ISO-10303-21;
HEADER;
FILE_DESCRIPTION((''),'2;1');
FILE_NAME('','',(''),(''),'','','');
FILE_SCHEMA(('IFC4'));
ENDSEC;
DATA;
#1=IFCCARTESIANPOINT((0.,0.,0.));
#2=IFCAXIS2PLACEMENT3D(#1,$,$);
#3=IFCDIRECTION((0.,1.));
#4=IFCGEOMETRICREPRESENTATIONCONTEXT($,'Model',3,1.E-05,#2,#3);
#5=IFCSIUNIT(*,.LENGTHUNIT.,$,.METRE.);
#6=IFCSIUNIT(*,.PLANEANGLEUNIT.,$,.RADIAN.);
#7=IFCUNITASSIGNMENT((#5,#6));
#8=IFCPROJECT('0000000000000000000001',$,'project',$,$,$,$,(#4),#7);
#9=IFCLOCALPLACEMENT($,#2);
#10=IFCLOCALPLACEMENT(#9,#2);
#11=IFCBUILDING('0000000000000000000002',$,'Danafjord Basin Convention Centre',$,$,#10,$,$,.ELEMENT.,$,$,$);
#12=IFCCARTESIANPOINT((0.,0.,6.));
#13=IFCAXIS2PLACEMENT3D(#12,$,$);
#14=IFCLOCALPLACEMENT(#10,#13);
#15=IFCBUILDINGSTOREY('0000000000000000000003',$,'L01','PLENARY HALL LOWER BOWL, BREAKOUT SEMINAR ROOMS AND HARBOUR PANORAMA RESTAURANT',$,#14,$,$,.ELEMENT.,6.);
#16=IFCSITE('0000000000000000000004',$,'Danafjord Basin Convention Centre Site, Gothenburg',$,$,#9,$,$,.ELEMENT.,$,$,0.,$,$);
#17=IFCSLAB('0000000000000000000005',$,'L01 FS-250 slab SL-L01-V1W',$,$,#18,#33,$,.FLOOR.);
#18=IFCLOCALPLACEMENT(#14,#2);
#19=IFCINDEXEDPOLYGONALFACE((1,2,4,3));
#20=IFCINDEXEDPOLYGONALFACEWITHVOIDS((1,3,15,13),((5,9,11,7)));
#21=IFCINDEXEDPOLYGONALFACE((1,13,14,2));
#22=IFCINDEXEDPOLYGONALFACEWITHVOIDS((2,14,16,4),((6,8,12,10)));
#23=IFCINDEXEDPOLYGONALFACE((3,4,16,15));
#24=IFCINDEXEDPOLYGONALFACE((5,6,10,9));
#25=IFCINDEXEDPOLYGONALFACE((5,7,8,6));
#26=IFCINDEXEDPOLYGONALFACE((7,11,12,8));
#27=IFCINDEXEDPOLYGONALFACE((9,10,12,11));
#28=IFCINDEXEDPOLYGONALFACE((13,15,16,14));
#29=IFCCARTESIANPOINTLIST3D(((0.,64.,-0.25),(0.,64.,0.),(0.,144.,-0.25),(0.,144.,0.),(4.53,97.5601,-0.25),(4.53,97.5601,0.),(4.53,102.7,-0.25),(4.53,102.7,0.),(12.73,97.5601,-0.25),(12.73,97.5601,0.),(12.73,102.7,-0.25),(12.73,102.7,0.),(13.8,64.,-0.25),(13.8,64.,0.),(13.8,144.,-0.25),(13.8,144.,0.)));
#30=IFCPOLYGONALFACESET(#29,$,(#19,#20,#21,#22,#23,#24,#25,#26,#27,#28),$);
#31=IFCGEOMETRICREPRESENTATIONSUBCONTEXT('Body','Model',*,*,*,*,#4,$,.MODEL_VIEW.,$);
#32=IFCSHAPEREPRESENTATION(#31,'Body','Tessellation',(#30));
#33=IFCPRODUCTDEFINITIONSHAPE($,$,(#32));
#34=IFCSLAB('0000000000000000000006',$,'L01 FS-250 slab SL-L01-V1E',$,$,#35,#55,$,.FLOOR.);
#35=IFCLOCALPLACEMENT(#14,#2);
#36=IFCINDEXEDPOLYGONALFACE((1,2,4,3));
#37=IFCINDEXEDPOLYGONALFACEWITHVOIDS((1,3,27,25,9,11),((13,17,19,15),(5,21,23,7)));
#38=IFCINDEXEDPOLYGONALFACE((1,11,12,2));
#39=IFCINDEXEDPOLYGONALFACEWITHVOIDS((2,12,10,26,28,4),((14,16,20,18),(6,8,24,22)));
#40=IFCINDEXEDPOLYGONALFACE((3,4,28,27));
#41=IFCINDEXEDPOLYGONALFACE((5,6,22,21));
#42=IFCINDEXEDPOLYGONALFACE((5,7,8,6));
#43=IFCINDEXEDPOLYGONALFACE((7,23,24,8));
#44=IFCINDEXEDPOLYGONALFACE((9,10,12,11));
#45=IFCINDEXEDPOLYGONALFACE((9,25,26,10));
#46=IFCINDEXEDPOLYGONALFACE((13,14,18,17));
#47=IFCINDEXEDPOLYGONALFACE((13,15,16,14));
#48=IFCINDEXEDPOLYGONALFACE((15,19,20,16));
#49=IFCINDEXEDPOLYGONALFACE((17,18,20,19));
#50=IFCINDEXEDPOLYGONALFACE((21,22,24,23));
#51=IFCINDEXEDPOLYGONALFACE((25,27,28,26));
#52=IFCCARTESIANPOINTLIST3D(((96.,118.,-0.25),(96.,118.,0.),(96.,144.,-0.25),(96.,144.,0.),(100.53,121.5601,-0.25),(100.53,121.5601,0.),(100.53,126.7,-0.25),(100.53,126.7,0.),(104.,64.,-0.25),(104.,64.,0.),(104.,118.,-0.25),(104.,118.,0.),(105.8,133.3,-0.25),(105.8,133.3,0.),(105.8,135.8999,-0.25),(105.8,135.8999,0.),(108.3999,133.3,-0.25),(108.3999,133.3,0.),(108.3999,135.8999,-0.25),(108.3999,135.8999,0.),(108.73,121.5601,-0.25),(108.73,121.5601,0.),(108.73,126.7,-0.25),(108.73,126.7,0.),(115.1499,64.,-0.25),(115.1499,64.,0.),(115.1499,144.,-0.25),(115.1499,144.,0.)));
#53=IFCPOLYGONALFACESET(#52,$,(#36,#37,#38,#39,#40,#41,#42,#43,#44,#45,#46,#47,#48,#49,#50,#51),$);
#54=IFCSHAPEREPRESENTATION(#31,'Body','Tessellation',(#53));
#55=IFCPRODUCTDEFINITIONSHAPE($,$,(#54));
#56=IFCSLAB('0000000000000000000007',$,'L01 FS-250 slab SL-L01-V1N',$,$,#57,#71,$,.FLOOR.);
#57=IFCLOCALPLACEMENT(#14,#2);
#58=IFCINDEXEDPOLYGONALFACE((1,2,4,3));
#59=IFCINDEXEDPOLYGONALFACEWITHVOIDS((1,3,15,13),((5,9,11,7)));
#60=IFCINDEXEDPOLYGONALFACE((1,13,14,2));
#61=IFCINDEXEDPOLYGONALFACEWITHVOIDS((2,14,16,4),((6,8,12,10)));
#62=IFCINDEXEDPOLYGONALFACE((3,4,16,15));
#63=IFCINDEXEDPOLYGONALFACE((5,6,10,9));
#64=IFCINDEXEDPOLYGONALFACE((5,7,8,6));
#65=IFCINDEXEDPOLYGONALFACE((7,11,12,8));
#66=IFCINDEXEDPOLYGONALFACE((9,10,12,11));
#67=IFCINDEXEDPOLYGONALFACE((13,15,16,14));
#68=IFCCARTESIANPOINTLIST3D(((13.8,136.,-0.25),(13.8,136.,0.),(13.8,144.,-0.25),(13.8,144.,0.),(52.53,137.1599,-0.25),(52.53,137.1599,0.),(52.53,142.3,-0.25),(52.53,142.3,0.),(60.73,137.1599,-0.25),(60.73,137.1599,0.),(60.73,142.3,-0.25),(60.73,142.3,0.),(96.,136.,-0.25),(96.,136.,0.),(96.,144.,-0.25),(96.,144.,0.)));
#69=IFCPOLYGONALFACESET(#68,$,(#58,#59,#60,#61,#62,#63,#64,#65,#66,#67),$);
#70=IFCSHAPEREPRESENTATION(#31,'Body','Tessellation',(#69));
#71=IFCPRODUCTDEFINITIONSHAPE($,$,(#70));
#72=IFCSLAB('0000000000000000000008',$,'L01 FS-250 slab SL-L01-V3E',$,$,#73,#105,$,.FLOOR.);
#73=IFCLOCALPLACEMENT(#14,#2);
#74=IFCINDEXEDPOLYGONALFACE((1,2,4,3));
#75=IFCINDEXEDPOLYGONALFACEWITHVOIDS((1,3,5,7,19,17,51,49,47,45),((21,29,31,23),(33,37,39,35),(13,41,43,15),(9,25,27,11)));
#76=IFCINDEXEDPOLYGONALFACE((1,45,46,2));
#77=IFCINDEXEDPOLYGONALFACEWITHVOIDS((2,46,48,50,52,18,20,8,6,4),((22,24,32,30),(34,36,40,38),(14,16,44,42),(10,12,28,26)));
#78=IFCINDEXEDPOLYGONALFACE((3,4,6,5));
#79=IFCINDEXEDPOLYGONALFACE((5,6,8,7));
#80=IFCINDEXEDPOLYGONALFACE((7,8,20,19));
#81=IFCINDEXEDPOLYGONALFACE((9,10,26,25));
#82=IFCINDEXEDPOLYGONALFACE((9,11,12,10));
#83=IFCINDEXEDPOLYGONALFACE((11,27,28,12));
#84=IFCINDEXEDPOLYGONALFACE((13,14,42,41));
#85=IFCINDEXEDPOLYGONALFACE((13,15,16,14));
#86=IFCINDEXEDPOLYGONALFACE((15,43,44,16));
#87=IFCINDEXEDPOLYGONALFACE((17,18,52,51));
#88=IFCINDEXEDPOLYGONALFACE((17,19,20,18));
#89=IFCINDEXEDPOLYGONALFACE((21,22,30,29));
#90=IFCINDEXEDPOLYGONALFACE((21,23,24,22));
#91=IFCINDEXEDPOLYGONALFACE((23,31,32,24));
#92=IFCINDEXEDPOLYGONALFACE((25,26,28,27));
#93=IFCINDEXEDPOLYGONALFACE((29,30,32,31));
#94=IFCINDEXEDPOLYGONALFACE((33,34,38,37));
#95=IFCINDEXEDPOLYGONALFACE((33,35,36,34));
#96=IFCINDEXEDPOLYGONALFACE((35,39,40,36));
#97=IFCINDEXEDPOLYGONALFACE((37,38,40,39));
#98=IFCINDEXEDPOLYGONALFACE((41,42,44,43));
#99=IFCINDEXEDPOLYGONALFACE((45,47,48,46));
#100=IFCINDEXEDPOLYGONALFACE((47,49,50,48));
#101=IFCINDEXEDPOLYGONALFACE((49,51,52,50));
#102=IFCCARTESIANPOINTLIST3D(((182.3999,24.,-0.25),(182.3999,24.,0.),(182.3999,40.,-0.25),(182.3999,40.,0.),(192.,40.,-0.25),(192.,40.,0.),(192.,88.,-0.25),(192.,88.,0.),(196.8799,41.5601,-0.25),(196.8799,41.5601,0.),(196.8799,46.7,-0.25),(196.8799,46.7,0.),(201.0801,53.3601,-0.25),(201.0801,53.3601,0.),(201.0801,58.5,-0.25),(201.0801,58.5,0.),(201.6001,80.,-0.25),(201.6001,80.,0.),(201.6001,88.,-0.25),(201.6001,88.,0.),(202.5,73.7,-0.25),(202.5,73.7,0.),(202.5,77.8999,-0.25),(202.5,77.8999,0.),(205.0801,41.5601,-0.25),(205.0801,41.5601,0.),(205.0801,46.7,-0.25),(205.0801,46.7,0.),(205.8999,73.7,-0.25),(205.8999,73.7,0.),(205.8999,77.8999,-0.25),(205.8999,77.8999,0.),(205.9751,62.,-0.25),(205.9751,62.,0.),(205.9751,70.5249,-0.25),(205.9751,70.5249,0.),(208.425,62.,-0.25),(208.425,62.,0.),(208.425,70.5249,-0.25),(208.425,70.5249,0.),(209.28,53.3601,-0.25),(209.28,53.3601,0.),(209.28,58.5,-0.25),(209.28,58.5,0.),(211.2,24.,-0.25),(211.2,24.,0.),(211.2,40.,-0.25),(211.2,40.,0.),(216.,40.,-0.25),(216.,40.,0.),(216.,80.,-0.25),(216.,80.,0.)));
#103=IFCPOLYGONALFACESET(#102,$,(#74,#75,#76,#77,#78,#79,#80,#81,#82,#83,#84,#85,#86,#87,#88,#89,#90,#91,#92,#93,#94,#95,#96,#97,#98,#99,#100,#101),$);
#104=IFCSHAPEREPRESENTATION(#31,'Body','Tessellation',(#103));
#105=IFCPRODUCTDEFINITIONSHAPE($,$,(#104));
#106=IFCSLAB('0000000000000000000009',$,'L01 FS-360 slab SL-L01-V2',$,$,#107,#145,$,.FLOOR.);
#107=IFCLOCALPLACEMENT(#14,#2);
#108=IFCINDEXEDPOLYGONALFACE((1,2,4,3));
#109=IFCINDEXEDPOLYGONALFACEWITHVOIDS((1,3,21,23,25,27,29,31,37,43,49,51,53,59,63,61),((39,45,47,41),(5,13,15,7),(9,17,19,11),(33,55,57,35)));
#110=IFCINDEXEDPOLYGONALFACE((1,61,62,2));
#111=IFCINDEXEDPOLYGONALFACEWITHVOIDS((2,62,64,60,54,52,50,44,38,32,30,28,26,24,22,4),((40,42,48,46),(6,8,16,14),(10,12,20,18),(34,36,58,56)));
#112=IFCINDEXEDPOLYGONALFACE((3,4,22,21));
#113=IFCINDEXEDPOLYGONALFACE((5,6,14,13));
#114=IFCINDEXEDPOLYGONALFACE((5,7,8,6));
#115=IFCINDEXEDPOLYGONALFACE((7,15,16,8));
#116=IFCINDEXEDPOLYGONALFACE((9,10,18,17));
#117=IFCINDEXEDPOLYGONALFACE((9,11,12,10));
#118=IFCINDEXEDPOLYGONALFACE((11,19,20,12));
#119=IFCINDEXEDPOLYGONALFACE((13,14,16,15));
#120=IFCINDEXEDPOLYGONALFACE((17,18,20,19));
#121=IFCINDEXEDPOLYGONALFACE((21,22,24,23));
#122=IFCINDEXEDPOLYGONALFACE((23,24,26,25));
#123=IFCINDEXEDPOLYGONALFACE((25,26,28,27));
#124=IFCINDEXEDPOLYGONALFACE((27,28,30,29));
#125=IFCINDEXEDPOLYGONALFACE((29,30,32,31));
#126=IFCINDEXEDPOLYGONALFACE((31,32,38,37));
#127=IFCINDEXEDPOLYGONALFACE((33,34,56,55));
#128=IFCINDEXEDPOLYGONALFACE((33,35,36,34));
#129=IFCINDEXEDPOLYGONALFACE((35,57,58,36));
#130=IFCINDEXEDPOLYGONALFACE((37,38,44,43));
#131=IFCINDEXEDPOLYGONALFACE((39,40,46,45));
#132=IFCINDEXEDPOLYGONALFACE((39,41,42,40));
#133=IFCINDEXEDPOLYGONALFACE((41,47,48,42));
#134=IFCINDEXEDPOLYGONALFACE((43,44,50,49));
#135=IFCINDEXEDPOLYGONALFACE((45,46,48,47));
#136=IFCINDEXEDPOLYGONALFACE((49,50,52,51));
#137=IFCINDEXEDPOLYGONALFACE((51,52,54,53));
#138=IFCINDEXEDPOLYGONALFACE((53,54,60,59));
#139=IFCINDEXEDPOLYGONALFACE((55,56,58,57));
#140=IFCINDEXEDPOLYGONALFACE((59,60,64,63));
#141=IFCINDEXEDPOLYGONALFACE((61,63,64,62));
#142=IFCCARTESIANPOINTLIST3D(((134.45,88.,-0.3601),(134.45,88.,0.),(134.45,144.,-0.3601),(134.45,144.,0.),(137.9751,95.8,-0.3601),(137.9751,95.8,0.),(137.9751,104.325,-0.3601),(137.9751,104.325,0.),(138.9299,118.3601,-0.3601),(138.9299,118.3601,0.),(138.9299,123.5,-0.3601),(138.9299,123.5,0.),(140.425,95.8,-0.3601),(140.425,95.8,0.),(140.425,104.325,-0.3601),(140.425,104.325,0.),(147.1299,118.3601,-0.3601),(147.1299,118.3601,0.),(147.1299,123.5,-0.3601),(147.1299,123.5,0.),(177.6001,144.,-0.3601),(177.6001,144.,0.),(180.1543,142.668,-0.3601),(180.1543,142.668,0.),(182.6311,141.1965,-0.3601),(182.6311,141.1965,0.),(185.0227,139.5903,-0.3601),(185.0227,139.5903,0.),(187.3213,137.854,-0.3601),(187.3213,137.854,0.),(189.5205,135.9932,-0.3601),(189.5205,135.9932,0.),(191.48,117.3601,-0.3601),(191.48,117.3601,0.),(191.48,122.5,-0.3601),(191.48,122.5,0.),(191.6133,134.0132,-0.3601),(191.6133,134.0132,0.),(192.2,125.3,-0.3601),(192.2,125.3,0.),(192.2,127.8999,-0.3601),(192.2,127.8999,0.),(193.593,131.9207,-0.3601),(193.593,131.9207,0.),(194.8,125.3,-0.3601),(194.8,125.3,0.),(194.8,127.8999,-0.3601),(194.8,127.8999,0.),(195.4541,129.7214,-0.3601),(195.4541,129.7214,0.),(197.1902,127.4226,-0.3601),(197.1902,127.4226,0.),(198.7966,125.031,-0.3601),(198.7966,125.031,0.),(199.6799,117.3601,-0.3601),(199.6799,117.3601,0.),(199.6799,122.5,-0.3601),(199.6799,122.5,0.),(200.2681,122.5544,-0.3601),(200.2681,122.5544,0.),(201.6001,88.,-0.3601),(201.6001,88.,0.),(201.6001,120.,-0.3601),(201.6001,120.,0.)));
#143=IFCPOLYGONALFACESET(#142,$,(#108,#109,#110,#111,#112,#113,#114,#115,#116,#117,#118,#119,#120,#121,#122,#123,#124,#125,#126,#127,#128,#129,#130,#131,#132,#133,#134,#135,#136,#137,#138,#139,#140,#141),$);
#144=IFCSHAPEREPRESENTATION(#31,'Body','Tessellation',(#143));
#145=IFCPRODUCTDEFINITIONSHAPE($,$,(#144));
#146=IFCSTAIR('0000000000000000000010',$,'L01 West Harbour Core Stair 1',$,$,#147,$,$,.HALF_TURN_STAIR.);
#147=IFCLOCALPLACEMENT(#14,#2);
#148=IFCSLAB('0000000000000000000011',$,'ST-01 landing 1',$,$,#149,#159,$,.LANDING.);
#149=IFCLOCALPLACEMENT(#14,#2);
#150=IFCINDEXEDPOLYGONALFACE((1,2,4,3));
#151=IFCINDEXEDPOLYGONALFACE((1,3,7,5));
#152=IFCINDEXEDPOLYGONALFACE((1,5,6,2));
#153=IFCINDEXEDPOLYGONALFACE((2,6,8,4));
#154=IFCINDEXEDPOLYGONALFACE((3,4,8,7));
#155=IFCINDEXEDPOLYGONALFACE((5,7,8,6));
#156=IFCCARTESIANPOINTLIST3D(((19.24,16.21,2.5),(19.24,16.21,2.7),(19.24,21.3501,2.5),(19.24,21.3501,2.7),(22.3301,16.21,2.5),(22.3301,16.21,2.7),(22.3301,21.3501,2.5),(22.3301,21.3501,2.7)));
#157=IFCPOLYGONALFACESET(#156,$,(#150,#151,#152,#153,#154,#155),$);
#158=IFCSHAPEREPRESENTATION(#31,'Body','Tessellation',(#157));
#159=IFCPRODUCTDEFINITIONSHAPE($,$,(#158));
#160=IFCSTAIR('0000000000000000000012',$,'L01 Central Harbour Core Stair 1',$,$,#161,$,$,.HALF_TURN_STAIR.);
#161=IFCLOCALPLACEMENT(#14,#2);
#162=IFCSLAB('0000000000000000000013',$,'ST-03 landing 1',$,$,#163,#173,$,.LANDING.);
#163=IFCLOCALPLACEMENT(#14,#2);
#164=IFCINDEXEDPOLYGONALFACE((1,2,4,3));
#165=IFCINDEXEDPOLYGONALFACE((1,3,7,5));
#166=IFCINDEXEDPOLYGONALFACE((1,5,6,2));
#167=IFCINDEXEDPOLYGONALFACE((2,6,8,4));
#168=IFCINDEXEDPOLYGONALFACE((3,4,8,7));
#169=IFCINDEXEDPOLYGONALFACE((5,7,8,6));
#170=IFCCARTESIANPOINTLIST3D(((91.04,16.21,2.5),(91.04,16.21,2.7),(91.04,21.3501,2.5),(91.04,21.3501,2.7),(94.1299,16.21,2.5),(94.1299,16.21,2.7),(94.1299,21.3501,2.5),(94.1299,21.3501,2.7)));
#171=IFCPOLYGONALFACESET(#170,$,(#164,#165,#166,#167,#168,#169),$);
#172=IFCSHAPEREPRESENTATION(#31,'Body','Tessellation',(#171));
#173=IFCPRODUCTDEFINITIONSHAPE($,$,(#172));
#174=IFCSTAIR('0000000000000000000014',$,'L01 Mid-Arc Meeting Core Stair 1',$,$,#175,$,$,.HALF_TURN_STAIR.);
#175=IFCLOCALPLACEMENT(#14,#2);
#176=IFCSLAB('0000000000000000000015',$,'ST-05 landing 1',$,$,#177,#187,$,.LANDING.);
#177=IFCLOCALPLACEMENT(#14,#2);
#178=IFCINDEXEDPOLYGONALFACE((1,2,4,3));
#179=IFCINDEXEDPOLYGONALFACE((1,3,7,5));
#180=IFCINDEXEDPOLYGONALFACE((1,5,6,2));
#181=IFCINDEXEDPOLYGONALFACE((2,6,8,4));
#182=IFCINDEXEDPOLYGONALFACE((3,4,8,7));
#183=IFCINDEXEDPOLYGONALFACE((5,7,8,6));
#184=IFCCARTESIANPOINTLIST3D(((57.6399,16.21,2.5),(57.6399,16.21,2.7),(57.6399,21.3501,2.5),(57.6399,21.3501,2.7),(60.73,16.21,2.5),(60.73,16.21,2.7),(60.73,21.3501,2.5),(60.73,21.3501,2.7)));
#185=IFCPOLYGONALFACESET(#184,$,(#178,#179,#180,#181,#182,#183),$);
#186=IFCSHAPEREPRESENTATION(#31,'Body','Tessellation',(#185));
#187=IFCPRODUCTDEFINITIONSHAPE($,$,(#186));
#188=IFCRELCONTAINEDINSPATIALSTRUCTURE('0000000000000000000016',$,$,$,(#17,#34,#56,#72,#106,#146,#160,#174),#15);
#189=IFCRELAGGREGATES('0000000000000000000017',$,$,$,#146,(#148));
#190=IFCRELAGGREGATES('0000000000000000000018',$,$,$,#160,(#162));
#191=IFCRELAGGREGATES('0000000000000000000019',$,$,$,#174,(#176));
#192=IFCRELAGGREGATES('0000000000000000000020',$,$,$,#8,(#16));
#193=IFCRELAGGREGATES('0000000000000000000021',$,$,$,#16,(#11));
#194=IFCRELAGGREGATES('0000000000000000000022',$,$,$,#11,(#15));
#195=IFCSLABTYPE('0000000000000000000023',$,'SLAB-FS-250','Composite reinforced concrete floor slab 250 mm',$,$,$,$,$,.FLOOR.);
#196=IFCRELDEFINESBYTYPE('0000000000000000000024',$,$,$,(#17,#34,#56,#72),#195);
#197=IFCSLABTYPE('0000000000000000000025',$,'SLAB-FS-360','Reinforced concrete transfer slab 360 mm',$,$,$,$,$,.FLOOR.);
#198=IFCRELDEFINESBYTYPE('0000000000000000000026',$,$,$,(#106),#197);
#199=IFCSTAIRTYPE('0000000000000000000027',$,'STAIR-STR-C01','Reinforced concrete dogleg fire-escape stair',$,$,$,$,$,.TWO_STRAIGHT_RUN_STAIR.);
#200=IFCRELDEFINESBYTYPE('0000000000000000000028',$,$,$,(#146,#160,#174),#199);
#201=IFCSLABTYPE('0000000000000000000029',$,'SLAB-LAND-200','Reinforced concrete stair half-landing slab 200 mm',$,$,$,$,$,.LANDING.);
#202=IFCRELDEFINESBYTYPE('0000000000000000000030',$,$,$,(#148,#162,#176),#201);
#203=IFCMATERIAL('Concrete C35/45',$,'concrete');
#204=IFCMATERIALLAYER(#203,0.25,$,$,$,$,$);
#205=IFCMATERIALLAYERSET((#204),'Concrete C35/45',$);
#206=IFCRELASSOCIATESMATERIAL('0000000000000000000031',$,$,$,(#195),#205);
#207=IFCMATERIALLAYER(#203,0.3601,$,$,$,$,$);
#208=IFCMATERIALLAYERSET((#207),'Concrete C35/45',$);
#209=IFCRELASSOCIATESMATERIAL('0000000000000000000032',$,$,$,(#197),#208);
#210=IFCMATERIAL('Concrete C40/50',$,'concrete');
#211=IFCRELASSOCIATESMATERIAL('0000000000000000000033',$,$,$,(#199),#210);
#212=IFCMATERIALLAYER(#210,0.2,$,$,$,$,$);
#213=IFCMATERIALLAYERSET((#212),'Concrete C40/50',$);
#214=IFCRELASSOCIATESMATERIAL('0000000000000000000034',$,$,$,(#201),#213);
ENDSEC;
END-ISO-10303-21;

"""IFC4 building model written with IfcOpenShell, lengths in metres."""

from ifc_helpers import new_model, si_unit, direction, frame, origin, place, context, subcontext, project, spatial, polyline, outline, extrude, material, layer, layer_set, type_object, element, aggregate, save


model = new_model("IFC4")

# Units and contexts
model_context = context("Model", 3, precision=1e-05, world=origin(), true_north=direction((0.0, 1.0)))
body_context = subcontext(model_context, "Body", "Model", "MODEL_VIEW")
ifc_project = project(units=[si_unit("LENGTHUNIT", "METRE"), si_unit("PLANEANGLEUNIT", "RADIAN")], contexts=[model_context])

# Site, building, storey
site_placement = place(None, origin())
site = spatial("IfcSite", under=ifc_project, at=site_placement, Name="Danafjord Basin Convention Centre Site, Gothenburg", CompositionType="ELEMENT", RefElevation=0.0)
building_placement = place(site_placement, origin())
building = spatial("IfcBuilding", under=site, at=building_placement, Name="Danafjord Basin Convention Centre", CompositionType="ELEMENT")
storey_placement = place(building_placement, frame((0.0, 0.0, 6.0)))
storey = spatial("IfcBuildingStorey", under=building, at=storey_placement, Name="L01", Description="PLENARY HALL LOWER BOWL, BREAKOUT SEMINAR ROOMS AND HARBOUR PANORAMA RESTAURANT", CompositionType="ELEMENT", Elevation=6.0)

# Slabs
ifc_material_1 = material(Name="Concrete C35/45", Category="concrete")
ifc_layer_1 = layer(ifc_material_1, 0.25)
ifc_layer_set_1 = layer_set([ifc_layer_1], Name="Concrete C35/45")
slab_type_1 = type_object("IfcSlabType", Name="SLAB-FS-250", Description="Composite reinforced concrete floor slab 250 mm", PredefinedType="FLOOR", material=ifc_layer_set_1)
slab_1_placement = place(storey_placement, frame((0.0, 0.0, -0.25)))
element("IfcSlab", 1, at=slab_1_placement, inside=storey, type_object=slab_type_1, Name="L01 FS-250 slab SL-L01-V1W", PredefinedType="FLOOR", context=body_context, shape_type="SweptSolid", body=[
    extrude(outline(polyline([(0.0, 144.0), (13.8, 144.0), (13.8, 64.0), (0.0, 64.0), (0.0, 144.0)]), holes=[polyline([(4.53, 97.5601), (12.73, 97.5601), (12.73, 102.7), (4.53, 102.7), (4.53, 97.5601)])]), origin(), (0.0, 0.0, 1.0), 0.25),
])
slab_2_placement = place(storey_placement, frame((0.0, 0.0, -0.25)))
element("IfcSlab", 2, at=slab_2_placement, inside=storey, type_object=slab_type_1, Name="L01 FS-250 slab SL-L01-V1E", PredefinedType="FLOOR", context=body_context, shape_type="SweptSolid", body=[
    extrude(outline(polyline([(104.0, 118.0), (96.0, 118.0), (96.0, 144.0), (115.1499, 144.0), (115.1499, 64.0), (104.0, 64.0), (104.0, 118.0)]), holes=[polyline([(100.53, 121.5601), (108.73, 121.5601), (108.73, 126.7), (100.53, 126.7), (100.53, 121.5601)]), polyline([(105.8, 135.8999), (105.8, 133.3), (108.3999, 133.3), (108.3999, 135.8999), (105.8, 135.8999)])]), origin(), (0.0, 0.0, 1.0), 0.25),
])
slab_3_placement = place(storey_placement, frame((0.0, 0.0, -0.25)))
element("IfcSlab", 3, at=slab_3_placement, inside=storey, type_object=slab_type_1, Name="L01 FS-250 slab SL-L01-V1N", PredefinedType="FLOOR", context=body_context, shape_type="SweptSolid", body=[
    extrude(outline(polyline([(13.8, 144.0), (96.0, 144.0), (96.0, 136.0), (13.8, 136.0), (13.8, 144.0)]), holes=[polyline([(52.53, 137.1599), (60.73, 137.1599), (60.73, 142.3), (52.53, 142.3), (52.53, 137.1599)])]), origin(), (0.0, 0.0, 1.0), 0.25),
])
slab_4_placement = place(storey_placement, frame((0.0, 0.0, -0.25)))
element("IfcSlab", 4, at=slab_4_placement, inside=storey, type_object=slab_type_1, Name="L01 FS-250 slab SL-L01-V3E", PredefinedType="FLOOR", context=body_context, shape_type="SweptSolid", body=[
    extrude(outline(polyline([(182.3999, 40.0), (192.0, 40.0), (192.0, 88.0), (201.6001, 88.0), (201.6001, 80.0), (216.0, 80.0), (216.0, 40.0), (211.2, 40.0), (211.2, 24.0), (182.3999, 24.0), (182.3999, 40.0)]), holes=[polyline([(201.0801, 58.5), (201.0801, 53.3601), (209.28, 53.3601), (209.28, 58.5), (201.0801, 58.5)]), polyline([(205.9751, 70.5249), (205.9751, 62.0), (208.425, 62.0), (208.425, 70.5249), (205.9751, 70.5249)]), polyline([(202.5, 77.8999), (202.5, 73.7), (205.8999, 73.7), (205.8999, 77.8999), (202.5, 77.8999)]), polyline([(196.8799, 46.7), (196.8799, 41.5601), (205.0801, 41.5601), (205.0801, 46.7), (196.8799, 46.7)])]), origin(), (0.0, 0.0, 1.0), 0.25),
])
ifc_layer_2 = layer(ifc_material_1, 0.3601)
ifc_layer_set_2 = layer_set([ifc_layer_2], Name="Concrete C35/45")
slab_type_2 = type_object("IfcSlabType", Name="SLAB-FS-360", Description="Reinforced concrete transfer slab 360 mm", PredefinedType="FLOOR", material=ifc_layer_set_2)
slab_5_placement = place(storey_placement, frame((0.0, 0.0, -0.3601)))
element("IfcSlab", 5, at=slab_5_placement, inside=storey, type_object=slab_type_2, Name="L01 FS-360 slab SL-L01-V2", PredefinedType="FLOOR", context=body_context, shape_type="SweptSolid", body=[
    extrude(outline(polyline([(134.45, 144.0), (177.6001, 144.0), (180.1543, 142.668), (182.6311, 141.1965), (185.0227, 139.5903), (187.3213, 137.854), (189.5205, 135.9932), (191.6133, 134.0132), (193.593, 131.9207), (195.4541, 129.7214), (197.1902, 127.4226), (198.7966, 125.031), (200.2681, 122.5544), (201.6001, 120.0), (201.6001, 88.0), (134.45, 88.0), (134.45, 144.0)]), holes=[polyline([(191.48, 122.5), (191.48, 117.3601), (199.6799, 117.3601), (199.6799, 122.5), (191.48, 122.5)]), polyline([(194.8, 127.8999), (192.2, 127.8999), (192.2, 125.3), (194.8, 125.3), (194.8, 127.8999)]), polyline([(138.9299, 123.5), (138.9299, 118.3601), (147.1299, 118.3601), (147.1299, 123.5), (138.9299, 123.5)]), polyline([(137.9751, 104.325), (137.9751, 95.8), (140.425, 95.8), (140.425, 104.325), (137.9751, 104.325)])]), origin(), (0.0, 0.0, 1.0), 0.3601),
])

# Stairs, slabs
ifc_material_2 = material(Name="Concrete C40/50", Category="concrete")
stair_type = type_object("IfcStairType", Name="STAIR-STR-C01", Description="Reinforced concrete dogleg fire-escape stair", PredefinedType="TWO_STRAIGHT_RUN_STAIR", material=ifc_material_2)
stair_1_placement = place(storey_placement, origin())
stair_1 = element("IfcStair", 6, at=stair_1_placement, inside=storey, type_object=stair_type, Name="L01 West Harbour Core Stair 1", PredefinedType="HALF_TURN_STAIR")
ifc_layer_3 = layer(ifc_material_2, 0.2)
ifc_layer_set_3 = layer_set([ifc_layer_3], Name="Concrete C40/50")
slab_type_3 = type_object("IfcSlabType", Name="SLAB-LAND-200", Description="Reinforced concrete stair half-landing slab 200 mm", PredefinedType="LANDING", material=ifc_layer_set_3)
slab_6_placement = place(storey_placement, frame((0.0, 0.0, 2.5)))
slab_6 = element("IfcSlab", 7, at=slab_6_placement, type_object=slab_type_3, Name="ST-01 landing 1", PredefinedType="LANDING", context=body_context, shape_type="SweptSolid", body=[
    extrude(outline(polyline([(19.24, 16.21), (22.3301, 16.21), (22.3301, 21.3501), (19.24, 21.3501), (19.24, 16.21)])), origin(), (0.0, 0.0, 1.0), 0.2),
])
aggregate(stair_1, [slab_6])
stair_2_placement = place(storey_placement, origin())
stair_2 = element("IfcStair", 8, at=stair_2_placement, inside=storey, type_object=stair_type, Name="L01 Central Harbour Core Stair 1", PredefinedType="HALF_TURN_STAIR")
slab_7_placement = place(storey_placement, frame((0.0, 0.0, 2.5)))
slab_7 = element("IfcSlab", 9, at=slab_7_placement, type_object=slab_type_3, Name="ST-03 landing 1", PredefinedType="LANDING", context=body_context, shape_type="SweptSolid", body=[
    extrude(outline(polyline([(91.04, 16.21), (94.1299, 16.21), (94.1299, 21.3501), (91.04, 21.3501), (91.04, 16.21)])), origin(), (0.0, 0.0, 1.0), 0.2),
])
aggregate(stair_2, [slab_7])
stair_3_placement = place(storey_placement, origin())
stair_3 = element("IfcStair", 10, at=stair_3_placement, inside=storey, type_object=stair_type, Name="L01 Mid-Arc Meeting Core Stair 1", PredefinedType="HALF_TURN_STAIR")
slab_8_placement = place(storey_placement, frame((0.0, 0.0, 2.5)))
slab_8 = element("IfcSlab", 11, at=slab_8_placement, type_object=slab_type_3, Name="ST-05 landing 1", PredefinedType="LANDING", context=body_context, shape_type="SweptSolid", body=[
    extrude(outline(polyline([(57.6399, 16.21), (60.73, 16.21), (60.73, 21.3501), (57.6399, 21.3501), (57.6399, 16.21)])), origin(), (0.0, 0.0, 1.0), 0.2),
])
aggregate(stair_3, [slab_8])

save(model, "model.ifc")
